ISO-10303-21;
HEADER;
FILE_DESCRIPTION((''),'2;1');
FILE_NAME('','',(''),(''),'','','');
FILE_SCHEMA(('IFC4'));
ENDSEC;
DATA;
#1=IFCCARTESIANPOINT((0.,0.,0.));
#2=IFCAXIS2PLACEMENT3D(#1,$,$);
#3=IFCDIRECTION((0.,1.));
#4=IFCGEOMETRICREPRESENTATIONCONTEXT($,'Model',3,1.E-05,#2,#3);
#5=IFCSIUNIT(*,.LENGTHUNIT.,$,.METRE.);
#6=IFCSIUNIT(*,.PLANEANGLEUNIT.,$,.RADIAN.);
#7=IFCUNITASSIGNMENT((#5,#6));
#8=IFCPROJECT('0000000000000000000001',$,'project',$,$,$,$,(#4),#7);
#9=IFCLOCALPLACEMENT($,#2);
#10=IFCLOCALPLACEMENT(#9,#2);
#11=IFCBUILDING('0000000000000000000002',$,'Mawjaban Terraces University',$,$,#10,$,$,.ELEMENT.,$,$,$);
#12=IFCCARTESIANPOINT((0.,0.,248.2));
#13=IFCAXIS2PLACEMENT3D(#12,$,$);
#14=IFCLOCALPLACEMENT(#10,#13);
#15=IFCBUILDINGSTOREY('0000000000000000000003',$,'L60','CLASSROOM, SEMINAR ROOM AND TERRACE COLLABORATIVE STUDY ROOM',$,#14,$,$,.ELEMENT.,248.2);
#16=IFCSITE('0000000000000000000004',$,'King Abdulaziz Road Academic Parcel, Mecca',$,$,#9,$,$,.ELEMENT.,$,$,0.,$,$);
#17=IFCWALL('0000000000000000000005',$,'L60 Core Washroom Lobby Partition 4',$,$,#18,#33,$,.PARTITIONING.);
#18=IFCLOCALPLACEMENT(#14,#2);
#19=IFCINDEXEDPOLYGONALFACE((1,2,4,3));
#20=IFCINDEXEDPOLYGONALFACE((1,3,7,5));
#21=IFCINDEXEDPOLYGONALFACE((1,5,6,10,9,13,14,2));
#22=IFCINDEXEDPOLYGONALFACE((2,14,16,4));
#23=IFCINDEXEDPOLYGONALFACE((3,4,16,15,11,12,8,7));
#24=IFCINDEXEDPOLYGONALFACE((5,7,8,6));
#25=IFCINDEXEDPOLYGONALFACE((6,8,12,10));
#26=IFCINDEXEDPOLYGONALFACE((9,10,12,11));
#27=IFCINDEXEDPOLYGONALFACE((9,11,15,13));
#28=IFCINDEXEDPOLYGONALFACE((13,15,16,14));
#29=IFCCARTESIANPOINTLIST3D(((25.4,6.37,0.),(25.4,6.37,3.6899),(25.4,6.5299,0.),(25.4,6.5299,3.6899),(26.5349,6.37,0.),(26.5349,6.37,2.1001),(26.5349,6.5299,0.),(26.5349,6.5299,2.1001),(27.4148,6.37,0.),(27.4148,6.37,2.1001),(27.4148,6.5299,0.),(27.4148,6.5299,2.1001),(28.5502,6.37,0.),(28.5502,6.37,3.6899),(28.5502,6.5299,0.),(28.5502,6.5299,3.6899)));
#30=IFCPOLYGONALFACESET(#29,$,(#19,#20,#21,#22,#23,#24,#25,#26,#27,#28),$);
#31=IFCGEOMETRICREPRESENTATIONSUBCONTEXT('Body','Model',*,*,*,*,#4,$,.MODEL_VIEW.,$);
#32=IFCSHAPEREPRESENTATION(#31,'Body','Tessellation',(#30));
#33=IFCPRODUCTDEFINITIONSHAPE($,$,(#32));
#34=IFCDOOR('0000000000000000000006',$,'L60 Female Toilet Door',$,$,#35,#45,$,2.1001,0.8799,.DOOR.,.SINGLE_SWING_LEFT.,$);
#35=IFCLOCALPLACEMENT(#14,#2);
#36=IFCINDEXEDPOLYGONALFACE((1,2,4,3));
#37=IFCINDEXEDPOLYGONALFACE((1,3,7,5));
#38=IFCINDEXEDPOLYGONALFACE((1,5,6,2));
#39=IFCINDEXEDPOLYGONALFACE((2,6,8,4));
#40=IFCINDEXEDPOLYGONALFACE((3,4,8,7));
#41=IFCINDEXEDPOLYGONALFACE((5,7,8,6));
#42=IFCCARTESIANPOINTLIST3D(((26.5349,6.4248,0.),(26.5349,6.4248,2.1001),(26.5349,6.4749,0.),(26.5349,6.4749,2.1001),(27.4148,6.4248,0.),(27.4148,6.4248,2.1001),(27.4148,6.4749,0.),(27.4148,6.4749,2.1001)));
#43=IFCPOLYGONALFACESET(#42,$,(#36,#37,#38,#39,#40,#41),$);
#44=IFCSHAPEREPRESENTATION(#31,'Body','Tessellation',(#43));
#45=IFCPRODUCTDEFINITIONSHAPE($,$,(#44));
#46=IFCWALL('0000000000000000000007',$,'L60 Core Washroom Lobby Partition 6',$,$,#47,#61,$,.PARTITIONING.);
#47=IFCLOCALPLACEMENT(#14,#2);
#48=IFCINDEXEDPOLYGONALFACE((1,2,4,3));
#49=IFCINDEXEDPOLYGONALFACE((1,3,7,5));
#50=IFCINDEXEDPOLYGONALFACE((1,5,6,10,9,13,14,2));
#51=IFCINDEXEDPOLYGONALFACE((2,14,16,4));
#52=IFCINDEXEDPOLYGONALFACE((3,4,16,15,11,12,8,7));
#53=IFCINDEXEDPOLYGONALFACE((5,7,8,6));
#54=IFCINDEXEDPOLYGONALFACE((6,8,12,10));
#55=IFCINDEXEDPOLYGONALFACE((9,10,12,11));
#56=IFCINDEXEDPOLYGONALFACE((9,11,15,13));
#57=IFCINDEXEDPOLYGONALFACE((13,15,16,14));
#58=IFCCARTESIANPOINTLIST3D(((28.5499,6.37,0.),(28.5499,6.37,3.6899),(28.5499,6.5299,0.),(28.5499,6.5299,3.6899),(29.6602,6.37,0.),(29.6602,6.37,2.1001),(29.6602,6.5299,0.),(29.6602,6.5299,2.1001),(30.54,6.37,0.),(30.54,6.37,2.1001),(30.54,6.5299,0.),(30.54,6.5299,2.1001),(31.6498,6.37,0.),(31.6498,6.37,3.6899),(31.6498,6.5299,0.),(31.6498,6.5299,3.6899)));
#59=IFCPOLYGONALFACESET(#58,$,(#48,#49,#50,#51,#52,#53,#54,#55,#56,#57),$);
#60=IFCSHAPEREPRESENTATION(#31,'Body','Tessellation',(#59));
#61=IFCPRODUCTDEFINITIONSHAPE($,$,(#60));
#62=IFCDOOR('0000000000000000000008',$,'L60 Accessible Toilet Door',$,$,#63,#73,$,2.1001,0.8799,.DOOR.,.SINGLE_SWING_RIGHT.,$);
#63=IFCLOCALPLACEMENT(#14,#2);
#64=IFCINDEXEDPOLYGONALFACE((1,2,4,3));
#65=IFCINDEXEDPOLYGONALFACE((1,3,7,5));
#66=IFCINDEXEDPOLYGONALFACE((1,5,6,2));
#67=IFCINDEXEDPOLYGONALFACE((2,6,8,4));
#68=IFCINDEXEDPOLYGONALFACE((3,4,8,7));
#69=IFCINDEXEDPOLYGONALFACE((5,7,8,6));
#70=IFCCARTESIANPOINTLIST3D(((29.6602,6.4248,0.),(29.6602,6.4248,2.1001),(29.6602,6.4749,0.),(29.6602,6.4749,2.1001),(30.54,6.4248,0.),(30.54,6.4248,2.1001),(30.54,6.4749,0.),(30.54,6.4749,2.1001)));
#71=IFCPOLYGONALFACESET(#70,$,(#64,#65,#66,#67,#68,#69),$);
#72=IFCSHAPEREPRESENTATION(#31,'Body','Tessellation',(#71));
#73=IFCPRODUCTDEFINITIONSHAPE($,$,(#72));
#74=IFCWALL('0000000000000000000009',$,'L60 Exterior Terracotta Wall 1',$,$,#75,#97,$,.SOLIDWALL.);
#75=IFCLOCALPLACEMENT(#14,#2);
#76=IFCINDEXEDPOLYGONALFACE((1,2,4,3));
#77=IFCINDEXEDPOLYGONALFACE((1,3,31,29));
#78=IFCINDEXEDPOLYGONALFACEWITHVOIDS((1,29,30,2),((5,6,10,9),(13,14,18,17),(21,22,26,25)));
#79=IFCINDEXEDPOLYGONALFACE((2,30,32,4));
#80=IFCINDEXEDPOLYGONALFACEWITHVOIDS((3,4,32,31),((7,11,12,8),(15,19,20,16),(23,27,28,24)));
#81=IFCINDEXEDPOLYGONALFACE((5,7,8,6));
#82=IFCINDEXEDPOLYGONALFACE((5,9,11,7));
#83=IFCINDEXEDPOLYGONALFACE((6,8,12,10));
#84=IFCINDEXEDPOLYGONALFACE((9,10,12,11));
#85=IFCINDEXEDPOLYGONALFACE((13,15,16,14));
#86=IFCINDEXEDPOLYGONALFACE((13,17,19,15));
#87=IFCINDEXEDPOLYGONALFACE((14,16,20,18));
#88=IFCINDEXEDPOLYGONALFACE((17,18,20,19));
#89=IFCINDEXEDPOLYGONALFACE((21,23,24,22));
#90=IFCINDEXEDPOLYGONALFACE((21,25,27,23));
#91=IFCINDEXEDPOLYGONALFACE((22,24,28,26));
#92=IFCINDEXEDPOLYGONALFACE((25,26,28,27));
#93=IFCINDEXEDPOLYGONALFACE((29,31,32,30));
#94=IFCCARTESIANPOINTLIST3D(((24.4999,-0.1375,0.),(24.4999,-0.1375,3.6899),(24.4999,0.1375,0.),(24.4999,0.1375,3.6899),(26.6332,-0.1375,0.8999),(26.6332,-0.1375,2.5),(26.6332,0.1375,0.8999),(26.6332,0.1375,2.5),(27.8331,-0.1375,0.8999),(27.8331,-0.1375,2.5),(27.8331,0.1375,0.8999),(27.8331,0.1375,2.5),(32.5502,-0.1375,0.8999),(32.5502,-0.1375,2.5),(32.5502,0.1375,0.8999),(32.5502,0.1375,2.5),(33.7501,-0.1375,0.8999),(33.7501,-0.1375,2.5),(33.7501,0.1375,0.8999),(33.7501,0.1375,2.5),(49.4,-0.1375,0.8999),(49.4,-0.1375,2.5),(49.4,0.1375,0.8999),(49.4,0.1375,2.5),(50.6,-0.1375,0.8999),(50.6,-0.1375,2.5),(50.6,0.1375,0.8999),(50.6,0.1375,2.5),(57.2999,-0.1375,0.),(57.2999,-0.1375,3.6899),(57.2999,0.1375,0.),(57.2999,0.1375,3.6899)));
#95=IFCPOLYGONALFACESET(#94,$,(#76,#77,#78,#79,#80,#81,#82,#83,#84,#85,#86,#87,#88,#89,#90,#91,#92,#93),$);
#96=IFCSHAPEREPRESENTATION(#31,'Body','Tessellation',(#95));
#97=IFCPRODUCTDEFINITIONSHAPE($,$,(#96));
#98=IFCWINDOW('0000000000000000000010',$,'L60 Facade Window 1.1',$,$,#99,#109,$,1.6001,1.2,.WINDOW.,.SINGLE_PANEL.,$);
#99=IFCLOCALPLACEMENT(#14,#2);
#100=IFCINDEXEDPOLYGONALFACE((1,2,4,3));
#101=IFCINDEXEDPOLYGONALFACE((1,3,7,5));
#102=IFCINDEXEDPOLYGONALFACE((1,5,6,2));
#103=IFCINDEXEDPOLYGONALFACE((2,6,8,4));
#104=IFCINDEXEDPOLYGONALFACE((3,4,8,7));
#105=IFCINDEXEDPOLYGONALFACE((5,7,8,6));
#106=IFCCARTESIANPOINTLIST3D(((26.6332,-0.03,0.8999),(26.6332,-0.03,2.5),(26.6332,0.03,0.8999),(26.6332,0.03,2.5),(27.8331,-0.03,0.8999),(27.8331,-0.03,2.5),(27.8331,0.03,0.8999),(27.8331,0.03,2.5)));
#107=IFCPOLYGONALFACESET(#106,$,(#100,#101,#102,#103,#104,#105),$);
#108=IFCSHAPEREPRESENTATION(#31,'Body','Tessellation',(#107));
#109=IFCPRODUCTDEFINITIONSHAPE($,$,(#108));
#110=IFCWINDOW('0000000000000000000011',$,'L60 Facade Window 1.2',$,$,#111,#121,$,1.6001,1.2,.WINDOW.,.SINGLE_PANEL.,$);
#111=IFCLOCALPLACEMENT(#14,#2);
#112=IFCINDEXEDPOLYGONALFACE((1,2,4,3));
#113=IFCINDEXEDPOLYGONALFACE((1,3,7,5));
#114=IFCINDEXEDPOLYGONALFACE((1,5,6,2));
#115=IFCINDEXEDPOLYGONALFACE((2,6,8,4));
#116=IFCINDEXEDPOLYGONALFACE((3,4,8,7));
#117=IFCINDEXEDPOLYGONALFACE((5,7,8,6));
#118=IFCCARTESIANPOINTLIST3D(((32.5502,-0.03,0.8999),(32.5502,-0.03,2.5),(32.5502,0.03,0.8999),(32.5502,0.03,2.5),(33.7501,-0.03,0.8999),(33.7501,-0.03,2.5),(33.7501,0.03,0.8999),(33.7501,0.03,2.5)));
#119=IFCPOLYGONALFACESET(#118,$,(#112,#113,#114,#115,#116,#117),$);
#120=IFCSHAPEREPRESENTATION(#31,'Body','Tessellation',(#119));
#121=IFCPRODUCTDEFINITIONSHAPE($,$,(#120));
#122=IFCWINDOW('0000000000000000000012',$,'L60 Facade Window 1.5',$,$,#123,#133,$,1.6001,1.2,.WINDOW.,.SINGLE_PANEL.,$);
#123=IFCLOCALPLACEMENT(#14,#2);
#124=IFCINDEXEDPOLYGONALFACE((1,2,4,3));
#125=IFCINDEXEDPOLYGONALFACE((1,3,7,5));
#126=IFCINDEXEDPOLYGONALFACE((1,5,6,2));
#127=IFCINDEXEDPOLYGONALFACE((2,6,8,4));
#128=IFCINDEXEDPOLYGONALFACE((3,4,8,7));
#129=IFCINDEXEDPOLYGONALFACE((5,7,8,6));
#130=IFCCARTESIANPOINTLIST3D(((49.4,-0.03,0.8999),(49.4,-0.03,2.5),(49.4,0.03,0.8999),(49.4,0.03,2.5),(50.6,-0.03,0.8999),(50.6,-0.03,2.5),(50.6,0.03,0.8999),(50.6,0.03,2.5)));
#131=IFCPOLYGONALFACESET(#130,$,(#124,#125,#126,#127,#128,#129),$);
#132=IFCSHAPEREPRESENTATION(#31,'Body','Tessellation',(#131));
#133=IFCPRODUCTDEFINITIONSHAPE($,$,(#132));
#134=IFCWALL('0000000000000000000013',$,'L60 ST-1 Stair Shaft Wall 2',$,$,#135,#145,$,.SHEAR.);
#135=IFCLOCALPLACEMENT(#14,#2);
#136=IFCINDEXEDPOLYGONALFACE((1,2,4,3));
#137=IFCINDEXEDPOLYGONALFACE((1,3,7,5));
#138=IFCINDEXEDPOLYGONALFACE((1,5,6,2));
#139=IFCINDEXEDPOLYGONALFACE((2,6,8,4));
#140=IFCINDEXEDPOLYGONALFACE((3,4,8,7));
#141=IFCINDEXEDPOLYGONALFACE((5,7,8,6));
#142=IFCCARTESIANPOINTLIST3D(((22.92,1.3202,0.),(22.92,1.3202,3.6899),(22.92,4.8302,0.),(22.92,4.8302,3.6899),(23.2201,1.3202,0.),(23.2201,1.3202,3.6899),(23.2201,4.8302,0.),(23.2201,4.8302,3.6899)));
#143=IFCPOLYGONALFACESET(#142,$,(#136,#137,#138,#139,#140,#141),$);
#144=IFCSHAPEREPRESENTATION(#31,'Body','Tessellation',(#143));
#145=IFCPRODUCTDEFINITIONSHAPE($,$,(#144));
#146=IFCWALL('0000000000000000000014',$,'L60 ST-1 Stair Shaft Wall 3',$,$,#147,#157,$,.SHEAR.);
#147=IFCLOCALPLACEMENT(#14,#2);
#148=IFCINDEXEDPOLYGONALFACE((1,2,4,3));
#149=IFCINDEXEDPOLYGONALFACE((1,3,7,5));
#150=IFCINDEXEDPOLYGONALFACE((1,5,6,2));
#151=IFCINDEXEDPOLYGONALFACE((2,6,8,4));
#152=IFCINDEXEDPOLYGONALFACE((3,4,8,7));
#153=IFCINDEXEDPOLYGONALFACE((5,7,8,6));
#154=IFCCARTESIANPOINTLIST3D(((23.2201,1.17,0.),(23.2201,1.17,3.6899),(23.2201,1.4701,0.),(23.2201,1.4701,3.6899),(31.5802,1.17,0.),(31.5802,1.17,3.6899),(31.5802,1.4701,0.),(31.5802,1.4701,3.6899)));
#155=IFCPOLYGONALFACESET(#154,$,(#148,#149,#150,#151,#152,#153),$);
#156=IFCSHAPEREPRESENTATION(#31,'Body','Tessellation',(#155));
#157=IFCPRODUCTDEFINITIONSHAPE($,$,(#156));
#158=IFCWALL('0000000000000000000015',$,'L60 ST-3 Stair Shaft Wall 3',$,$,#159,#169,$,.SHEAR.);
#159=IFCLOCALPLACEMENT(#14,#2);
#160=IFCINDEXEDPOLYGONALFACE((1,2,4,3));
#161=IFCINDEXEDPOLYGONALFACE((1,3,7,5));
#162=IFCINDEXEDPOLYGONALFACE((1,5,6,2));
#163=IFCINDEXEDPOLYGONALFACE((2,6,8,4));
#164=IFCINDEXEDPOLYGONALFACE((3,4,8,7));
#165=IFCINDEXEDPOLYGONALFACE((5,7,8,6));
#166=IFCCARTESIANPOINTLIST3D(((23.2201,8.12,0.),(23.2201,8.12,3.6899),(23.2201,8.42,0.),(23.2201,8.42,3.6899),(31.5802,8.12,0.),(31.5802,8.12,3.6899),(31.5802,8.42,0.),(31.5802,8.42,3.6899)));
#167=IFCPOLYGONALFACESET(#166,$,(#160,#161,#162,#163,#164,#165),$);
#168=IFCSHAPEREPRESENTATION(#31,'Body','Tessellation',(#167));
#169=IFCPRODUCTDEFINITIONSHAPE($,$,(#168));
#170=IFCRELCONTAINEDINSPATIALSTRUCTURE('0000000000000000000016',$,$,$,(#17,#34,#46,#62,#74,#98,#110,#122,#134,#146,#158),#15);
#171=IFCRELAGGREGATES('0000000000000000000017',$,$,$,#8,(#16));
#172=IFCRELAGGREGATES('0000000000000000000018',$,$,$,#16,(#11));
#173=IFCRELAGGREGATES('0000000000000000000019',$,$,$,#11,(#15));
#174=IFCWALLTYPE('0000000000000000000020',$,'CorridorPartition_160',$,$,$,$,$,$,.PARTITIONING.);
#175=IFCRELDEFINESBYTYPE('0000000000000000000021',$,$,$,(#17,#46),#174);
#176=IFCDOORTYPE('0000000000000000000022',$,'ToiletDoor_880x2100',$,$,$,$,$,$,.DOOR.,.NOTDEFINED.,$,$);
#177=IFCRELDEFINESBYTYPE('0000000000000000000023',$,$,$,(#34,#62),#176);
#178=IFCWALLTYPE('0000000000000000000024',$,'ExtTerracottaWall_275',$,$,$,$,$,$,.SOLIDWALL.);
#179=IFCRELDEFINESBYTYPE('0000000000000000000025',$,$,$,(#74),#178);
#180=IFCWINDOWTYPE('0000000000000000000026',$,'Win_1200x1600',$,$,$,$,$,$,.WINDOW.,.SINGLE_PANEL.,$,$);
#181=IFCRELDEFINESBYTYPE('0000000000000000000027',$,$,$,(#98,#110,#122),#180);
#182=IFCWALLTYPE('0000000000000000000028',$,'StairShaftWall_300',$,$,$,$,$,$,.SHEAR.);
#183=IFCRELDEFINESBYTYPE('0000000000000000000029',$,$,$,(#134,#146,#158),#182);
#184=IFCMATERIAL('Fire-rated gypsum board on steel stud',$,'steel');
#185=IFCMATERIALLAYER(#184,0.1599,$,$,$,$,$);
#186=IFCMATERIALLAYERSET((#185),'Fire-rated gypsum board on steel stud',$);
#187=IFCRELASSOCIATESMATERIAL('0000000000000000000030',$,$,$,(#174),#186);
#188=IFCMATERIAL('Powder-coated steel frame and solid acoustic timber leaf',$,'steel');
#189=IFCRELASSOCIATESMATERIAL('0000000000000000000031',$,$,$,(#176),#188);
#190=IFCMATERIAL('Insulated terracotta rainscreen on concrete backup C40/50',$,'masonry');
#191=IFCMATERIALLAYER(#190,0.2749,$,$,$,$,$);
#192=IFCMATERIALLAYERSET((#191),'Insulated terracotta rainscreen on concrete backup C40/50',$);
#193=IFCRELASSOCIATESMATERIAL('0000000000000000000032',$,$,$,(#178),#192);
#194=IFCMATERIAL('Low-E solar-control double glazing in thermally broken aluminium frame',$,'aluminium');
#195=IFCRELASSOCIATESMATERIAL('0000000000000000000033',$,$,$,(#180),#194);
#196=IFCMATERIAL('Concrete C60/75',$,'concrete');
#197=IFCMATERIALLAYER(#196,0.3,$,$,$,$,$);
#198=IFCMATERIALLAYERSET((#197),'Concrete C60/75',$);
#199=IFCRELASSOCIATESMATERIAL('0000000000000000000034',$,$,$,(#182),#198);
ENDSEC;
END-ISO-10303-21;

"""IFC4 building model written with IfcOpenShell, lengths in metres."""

from ifc_helpers import new_model, si_unit, direction, frame, frame_2d, origin, place, context, subcontext, project, spatial, rectangle, extrude, material, layer, layer_set, type_object, element, fill, save


model = new_model("IFC4")

# Units and contexts
model_context = context("Model", 3, precision=1e-05, world=origin(), true_north=direction((0.0, 1.0)))
body_context = subcontext(model_context, "Body", "Model", "MODEL_VIEW")
ifc_project = project(units=[si_unit("LENGTHUNIT", "METRE"), si_unit("PLANEANGLEUNIT", "RADIAN")], contexts=[model_context])

# Site, building, storey
site_placement = place(None, origin())
site = spatial("IfcSite", under=ifc_project, at=site_placement, Name="King Abdulaziz Road Academic Parcel, Mecca", CompositionType="ELEMENT", RefElevation=0.0)
building_placement = place(site_placement, origin())
building = spatial("IfcBuilding", under=site, at=building_placement, Name="Mawjaban Terraces University", CompositionType="ELEMENT")
storey_placement = place(building_placement, frame((0.0, 0.0, 248.2)))
storey = spatial("IfcBuildingStorey", under=building, at=storey_placement, Name="L60", Description="CLASSROOM, SEMINAR ROOM AND TERRACE COLLABORATIVE STUDY ROOM", CompositionType="ELEMENT", Elevation=248.2)

# Walls, openings, doors
ifc_material_1 = material(Name="Fire-rated gypsum board on steel stud", Category="steel")
ifc_layer_1 = layer(ifc_material_1, 0.1599)
ifc_layer_set_1 = layer_set([ifc_layer_1], Name="Fire-rated gypsum board on steel stud")
wall_type_1 = type_object("IfcWallType", Name="CorridorPartition_160", PredefinedType="PARTITIONING", material=ifc_layer_set_1)
wall_1_placement = place(storey_placement, frame((25.3999, 6.45, 0.0), z_axis=(0.0, 0.0, 1.0), x_axis=(1.0, 0.0, 0.0)))
wall_1 = element("IfcWall", 1, at=wall_1_placement, inside=storey, type_object=wall_type_1, Name="L60 Core Washroom Lobby Partition 4", PredefinedType="PARTITIONING", context=body_context, shape_type="SweptSolid", body=[
    extrude(rectangle(XDim=3.1501, YDim=0.1599, at=frame_2d((1.5752, 0.0))), origin(), (0.0, 0.0, 1.0), 3.6899),
])
opening_1_placement = place(wall_1_placement, frame((1.135, 0.0, 0.0)))
opening_1 = element("IfcOpeningElement", 2, at=opening_1_placement, cuts=wall_1, PredefinedType="OPENING", context=body_context, shape_type="SweptSolid", body=[
    extrude(rectangle(XDim=0.8799, YDim=2.1001, at=frame_2d((0.4399, 1.05))), frame((0.0, 0.0898, 0.0), z_axis=(0.0, -1.0, 0.0), x_axis=(1.0, 0.0, 0.0)), (0.0, 0.0, 1.0), 0.1799),
])
ifc_material_2 = material(Name="Powder-coated steel frame and solid acoustic timber leaf", Category="steel")
door_type = type_object("IfcDoorType", Name="ToiletDoor_880x2100", OperationType="NOTDEFINED", PredefinedType="DOOR", material=ifc_material_2)
door_1_placement = place(opening_1_placement, origin())
door_1 = element("IfcDoor", 3, at=door_1_placement, inside=storey, type_object=door_type, Name="L60 Female Toilet Door", OperationType="SINGLE_SWING_LEFT", OverallHeight=2.1001, OverallWidth=0.8799, PredefinedType="DOOR", context=body_context, shape_type="SweptSolid", body=[
    extrude(rectangle(XDim=0.8799, YDim=2.1001, at=frame_2d((0.4399, 1.05))), frame((0.0, 0.0249, 0.0), z_axis=(0.0, -1.0, 0.0), x_axis=(1.0, 0.0, 0.0)), (0.0, 0.0, 1.0), 0.05),
])
fill(opening_1, door_1)
wall_2_placement = place(storey_placement, frame((28.55, 6.45, 0.0), z_axis=(0.0, 0.0, 1.0), x_axis=(1.0, 0.0, 0.0)))
wall_2 = element("IfcWall", 4, at=wall_2_placement, inside=storey, type_object=wall_type_1, Name="L60 Core Washroom Lobby Partition 6", PredefinedType="PARTITIONING", context=body_context, shape_type="SweptSolid", body=[
    extrude(rectangle(XDim=3.0999, YDim=0.1599, at=frame_2d((1.5498, 0.0))), origin(), (0.0, 0.0, 1.0), 3.6899),
])
opening_2_placement = place(wall_2_placement, frame((1.1101, 0.0, 0.0)))
opening_2 = element("IfcOpeningElement", 5, at=opening_2_placement, cuts=wall_2, PredefinedType="OPENING", context=body_context, shape_type="SweptSolid", body=[
    extrude(rectangle(XDim=0.8799, YDim=2.1001, at=frame_2d((0.4399, 1.05))), frame((0.0, 0.0898, 0.0), z_axis=(0.0, -1.0, 0.0), x_axis=(1.0, 0.0, 0.0)), (0.0, 0.0, 1.0), 0.1799),
])
door_2_placement = place(opening_2_placement, origin())
door_2 = element("IfcDoor", 6, at=door_2_placement, inside=storey, type_object=door_type, Name="L60 Accessible Toilet Door", OperationType="SINGLE_SWING_RIGHT", OverallHeight=2.1001, OverallWidth=0.8799, PredefinedType="DOOR", context=body_context, shape_type="SweptSolid", body=[
    extrude(rectangle(XDim=0.8799, YDim=2.1001, at=frame_2d((0.4399, 1.05))), frame((0.0, 0.0249, 0.0), z_axis=(0.0, -1.0, 0.0), x_axis=(1.0, 0.0, 0.0)), (0.0, 0.0, 1.0), 0.05),
])
fill(opening_2, door_2)

# Wall, openings, windows
ifc_material_3 = material(Name="Insulated terracotta rainscreen on concrete backup C40/50", Category="masonry")
ifc_layer_2 = layer(ifc_material_3, 0.2749)
ifc_layer_set_2 = layer_set([ifc_layer_2], Name="Insulated terracotta rainscreen on concrete backup C40/50")
wall_type_2 = type_object("IfcWallType", Name="ExtTerracottaWall_275", PredefinedType="SOLIDWALL", material=ifc_layer_set_2)
wall_3_placement = place(storey_placement, frame((24.5, 0.0, 0.0), z_axis=(0.0, 0.0, 1.0), x_axis=(1.0, 0.0, 0.0)))
wall_3 = element("IfcWall", 7, at=wall_3_placement, inside=storey, type_object=wall_type_2, Name="L60 Exterior Terracotta Wall 1", PredefinedType="SOLIDWALL", context=body_context, shape_type="SweptSolid", body=[
    extrude(rectangle(XDim=32.8, YDim=0.2749, at=frame_2d((16.3999, 0.0))), origin(), (0.0, 0.0, 1.0), 3.6899),
])
opening_3_placement = place(wall_3_placement, frame((2.1331, 0.0, 0.8999)))
opening_3 = element("IfcOpeningElement", 8, at=opening_3_placement, cuts=wall_3, PredefinedType="OPENING", context=body_context, shape_type="SweptSolid", body=[
    extrude(rectangle(XDim=1.2, YDim=1.6001, at=frame_2d((0.6001, 0.8))), frame((0.0, 0.1475, 0.0), z_axis=(0.0, -1.0, 0.0), x_axis=(1.0, 0.0, 0.0)), (0.0, 0.0, 1.0), 0.2949),
])
opening_4_placement = place(wall_3_placement, frame((8.05, 0.0, 0.8999)))
opening_4 = element("IfcOpeningElement", 9, at=opening_4_placement, cuts=wall_3, PredefinedType="OPENING", context=body_context, shape_type="SweptSolid", body=[
    extrude(rectangle(XDim=1.2, YDim=1.6001, at=frame_2d((0.6001, 0.8))), frame((0.0, 0.1475, 0.0), z_axis=(0.0, -1.0, 0.0), x_axis=(1.0, 0.0, 0.0)), (0.0, 0.0, 1.0), 0.2949),
])
opening_5_placement = place(wall_3_placement, frame((24.8999, 0.0, 0.8999)))
opening_5 = element("IfcOpeningElement", 10, at=opening_5_placement, cuts=wall_3, PredefinedType="OPENING", context=body_context, shape_type="SweptSolid", body=[
    extrude(rectangle(XDim=1.2, YDim=1.6001, at=frame_2d((0.6001, 0.8))), frame((0.0, 0.1475, 0.0), z_axis=(0.0, -1.0, 0.0), x_axis=(1.0, 0.0, 0.0)), (0.0, 0.0, 1.0), 0.2949),
])
ifc_material_4 = material(Name="Low-E solar-control double glazing in thermally broken aluminium frame", Category="aluminium")
window_type = type_object("IfcWindowType", Name="Win_1200x1600", PartitioningType="SINGLE_PANEL", PredefinedType="WINDOW", material=ifc_material_4)
window_1_placement = place(opening_3_placement, origin())
window_1 = element("IfcWindow", 11, at=window_1_placement, inside=storey, type_object=window_type, Name="L60 Facade Window 1.1", OverallHeight=1.6001, OverallWidth=1.2, PartitioningType="SINGLE_PANEL", PredefinedType="WINDOW", context=body_context, shape_type="SweptSolid", body=[
    extrude(rectangle(XDim=1.2, YDim=1.6001, at=frame_2d((0.6001, 0.8))), frame((0.0, 0.03, 0.0), z_axis=(0.0, -1.0, 0.0), x_axis=(1.0, 0.0, 0.0)), (0.0, 0.0, 1.0), 0.0601),
])
fill(opening_3, window_1)
window_2_placement = place(opening_4_placement, origin())
window_2 = element("IfcWindow", 12, at=window_2_placement, inside=storey, type_object=window_type, Name="L60 Facade Window 1.2", OverallHeight=1.6001, OverallWidth=1.2, PartitioningType="SINGLE_PANEL", PredefinedType="WINDOW", context=body_context, shape_type="SweptSolid", body=[
    extrude(rectangle(XDim=1.2, YDim=1.6001, at=frame_2d((0.6001, 0.8))), frame((0.0, 0.03, 0.0), z_axis=(0.0, -1.0, 0.0), x_axis=(1.0, 0.0, 0.0)), (0.0, 0.0, 1.0), 0.0601),
])
fill(opening_4, window_2)
window_3_placement = place(opening_5_placement, origin())
window_3 = element("IfcWindow", 13, at=window_3_placement, inside=storey, type_object=window_type, Name="L60 Facade Window 1.5", OverallHeight=1.6001, OverallWidth=1.2, PartitioningType="SINGLE_PANEL", PredefinedType="WINDOW", context=body_context, shape_type="SweptSolid", body=[
    extrude(rectangle(XDim=1.2, YDim=1.6001, at=frame_2d((0.6001, 0.8))), frame((0.0, 0.03, 0.0), z_axis=(0.0, -1.0, 0.0), x_axis=(1.0, 0.0, 0.0)), (0.0, 0.0, 1.0), 0.0601),
])
fill(opening_5, window_3)

# Walls
ifc_material_5 = material(Name="Concrete C60/75", Category="concrete")
ifc_layer_3 = layer(ifc_material_5, 0.3)
ifc_layer_set_3 = layer_set([ifc_layer_3], Name="Concrete C60/75")
wall_type_3 = type_object("IfcWallType", Name="StairShaftWall_300", PredefinedType="SHEAR", material=ifc_layer_set_3)
wall_4_placement = place(storey_placement, frame((23.0701, 4.8301, 0.0), z_axis=(0.0, 0.0, 1.0), x_axis=(0.0, -1.0, 0.0)))
element("IfcWall", 14, at=wall_4_placement, inside=storey, type_object=wall_type_3, Name="L60 ST-1 Stair Shaft Wall 2", PredefinedType="SHEAR", context=body_context, shape_type="SweptSolid", body=[
    extrude(rectangle(XDim=3.51, YDim=0.3, at=frame_2d((1.7549, 0.0))), origin(), (0.0, 0.0, 1.0), 3.6899),
])
for number, where, z_axis, x_axis, name in (
    (15, (23.22, 1.3201, 0.0), (0.0, 0.0, 1.0), (1.0, 0.0, 0.0), "L60 ST-1 Stair Shaft Wall 3"),
    (16, (23.22, 8.27, 0.0), (0.0, 0.0, 1.0), (1.0, 0.0, 0.0), "L60 ST-3 Stair Shaft Wall 3"),
):
    element("IfcWall", number, at=place(storey_placement, frame(where, z_axis=z_axis, x_axis=x_axis)), inside=storey, type_object=wall_type_3, Name=name, PredefinedType="SHEAR", context=body_context, shape_type="SweptSolid", body=[
        extrude(rectangle(XDim=8.3601, YDim=0.3, at=frame_2d((4.1802, 0.0))), origin(), (0.0, 0.0, 1.0), 3.6899),
    ])

save(model, "model.ifc")
